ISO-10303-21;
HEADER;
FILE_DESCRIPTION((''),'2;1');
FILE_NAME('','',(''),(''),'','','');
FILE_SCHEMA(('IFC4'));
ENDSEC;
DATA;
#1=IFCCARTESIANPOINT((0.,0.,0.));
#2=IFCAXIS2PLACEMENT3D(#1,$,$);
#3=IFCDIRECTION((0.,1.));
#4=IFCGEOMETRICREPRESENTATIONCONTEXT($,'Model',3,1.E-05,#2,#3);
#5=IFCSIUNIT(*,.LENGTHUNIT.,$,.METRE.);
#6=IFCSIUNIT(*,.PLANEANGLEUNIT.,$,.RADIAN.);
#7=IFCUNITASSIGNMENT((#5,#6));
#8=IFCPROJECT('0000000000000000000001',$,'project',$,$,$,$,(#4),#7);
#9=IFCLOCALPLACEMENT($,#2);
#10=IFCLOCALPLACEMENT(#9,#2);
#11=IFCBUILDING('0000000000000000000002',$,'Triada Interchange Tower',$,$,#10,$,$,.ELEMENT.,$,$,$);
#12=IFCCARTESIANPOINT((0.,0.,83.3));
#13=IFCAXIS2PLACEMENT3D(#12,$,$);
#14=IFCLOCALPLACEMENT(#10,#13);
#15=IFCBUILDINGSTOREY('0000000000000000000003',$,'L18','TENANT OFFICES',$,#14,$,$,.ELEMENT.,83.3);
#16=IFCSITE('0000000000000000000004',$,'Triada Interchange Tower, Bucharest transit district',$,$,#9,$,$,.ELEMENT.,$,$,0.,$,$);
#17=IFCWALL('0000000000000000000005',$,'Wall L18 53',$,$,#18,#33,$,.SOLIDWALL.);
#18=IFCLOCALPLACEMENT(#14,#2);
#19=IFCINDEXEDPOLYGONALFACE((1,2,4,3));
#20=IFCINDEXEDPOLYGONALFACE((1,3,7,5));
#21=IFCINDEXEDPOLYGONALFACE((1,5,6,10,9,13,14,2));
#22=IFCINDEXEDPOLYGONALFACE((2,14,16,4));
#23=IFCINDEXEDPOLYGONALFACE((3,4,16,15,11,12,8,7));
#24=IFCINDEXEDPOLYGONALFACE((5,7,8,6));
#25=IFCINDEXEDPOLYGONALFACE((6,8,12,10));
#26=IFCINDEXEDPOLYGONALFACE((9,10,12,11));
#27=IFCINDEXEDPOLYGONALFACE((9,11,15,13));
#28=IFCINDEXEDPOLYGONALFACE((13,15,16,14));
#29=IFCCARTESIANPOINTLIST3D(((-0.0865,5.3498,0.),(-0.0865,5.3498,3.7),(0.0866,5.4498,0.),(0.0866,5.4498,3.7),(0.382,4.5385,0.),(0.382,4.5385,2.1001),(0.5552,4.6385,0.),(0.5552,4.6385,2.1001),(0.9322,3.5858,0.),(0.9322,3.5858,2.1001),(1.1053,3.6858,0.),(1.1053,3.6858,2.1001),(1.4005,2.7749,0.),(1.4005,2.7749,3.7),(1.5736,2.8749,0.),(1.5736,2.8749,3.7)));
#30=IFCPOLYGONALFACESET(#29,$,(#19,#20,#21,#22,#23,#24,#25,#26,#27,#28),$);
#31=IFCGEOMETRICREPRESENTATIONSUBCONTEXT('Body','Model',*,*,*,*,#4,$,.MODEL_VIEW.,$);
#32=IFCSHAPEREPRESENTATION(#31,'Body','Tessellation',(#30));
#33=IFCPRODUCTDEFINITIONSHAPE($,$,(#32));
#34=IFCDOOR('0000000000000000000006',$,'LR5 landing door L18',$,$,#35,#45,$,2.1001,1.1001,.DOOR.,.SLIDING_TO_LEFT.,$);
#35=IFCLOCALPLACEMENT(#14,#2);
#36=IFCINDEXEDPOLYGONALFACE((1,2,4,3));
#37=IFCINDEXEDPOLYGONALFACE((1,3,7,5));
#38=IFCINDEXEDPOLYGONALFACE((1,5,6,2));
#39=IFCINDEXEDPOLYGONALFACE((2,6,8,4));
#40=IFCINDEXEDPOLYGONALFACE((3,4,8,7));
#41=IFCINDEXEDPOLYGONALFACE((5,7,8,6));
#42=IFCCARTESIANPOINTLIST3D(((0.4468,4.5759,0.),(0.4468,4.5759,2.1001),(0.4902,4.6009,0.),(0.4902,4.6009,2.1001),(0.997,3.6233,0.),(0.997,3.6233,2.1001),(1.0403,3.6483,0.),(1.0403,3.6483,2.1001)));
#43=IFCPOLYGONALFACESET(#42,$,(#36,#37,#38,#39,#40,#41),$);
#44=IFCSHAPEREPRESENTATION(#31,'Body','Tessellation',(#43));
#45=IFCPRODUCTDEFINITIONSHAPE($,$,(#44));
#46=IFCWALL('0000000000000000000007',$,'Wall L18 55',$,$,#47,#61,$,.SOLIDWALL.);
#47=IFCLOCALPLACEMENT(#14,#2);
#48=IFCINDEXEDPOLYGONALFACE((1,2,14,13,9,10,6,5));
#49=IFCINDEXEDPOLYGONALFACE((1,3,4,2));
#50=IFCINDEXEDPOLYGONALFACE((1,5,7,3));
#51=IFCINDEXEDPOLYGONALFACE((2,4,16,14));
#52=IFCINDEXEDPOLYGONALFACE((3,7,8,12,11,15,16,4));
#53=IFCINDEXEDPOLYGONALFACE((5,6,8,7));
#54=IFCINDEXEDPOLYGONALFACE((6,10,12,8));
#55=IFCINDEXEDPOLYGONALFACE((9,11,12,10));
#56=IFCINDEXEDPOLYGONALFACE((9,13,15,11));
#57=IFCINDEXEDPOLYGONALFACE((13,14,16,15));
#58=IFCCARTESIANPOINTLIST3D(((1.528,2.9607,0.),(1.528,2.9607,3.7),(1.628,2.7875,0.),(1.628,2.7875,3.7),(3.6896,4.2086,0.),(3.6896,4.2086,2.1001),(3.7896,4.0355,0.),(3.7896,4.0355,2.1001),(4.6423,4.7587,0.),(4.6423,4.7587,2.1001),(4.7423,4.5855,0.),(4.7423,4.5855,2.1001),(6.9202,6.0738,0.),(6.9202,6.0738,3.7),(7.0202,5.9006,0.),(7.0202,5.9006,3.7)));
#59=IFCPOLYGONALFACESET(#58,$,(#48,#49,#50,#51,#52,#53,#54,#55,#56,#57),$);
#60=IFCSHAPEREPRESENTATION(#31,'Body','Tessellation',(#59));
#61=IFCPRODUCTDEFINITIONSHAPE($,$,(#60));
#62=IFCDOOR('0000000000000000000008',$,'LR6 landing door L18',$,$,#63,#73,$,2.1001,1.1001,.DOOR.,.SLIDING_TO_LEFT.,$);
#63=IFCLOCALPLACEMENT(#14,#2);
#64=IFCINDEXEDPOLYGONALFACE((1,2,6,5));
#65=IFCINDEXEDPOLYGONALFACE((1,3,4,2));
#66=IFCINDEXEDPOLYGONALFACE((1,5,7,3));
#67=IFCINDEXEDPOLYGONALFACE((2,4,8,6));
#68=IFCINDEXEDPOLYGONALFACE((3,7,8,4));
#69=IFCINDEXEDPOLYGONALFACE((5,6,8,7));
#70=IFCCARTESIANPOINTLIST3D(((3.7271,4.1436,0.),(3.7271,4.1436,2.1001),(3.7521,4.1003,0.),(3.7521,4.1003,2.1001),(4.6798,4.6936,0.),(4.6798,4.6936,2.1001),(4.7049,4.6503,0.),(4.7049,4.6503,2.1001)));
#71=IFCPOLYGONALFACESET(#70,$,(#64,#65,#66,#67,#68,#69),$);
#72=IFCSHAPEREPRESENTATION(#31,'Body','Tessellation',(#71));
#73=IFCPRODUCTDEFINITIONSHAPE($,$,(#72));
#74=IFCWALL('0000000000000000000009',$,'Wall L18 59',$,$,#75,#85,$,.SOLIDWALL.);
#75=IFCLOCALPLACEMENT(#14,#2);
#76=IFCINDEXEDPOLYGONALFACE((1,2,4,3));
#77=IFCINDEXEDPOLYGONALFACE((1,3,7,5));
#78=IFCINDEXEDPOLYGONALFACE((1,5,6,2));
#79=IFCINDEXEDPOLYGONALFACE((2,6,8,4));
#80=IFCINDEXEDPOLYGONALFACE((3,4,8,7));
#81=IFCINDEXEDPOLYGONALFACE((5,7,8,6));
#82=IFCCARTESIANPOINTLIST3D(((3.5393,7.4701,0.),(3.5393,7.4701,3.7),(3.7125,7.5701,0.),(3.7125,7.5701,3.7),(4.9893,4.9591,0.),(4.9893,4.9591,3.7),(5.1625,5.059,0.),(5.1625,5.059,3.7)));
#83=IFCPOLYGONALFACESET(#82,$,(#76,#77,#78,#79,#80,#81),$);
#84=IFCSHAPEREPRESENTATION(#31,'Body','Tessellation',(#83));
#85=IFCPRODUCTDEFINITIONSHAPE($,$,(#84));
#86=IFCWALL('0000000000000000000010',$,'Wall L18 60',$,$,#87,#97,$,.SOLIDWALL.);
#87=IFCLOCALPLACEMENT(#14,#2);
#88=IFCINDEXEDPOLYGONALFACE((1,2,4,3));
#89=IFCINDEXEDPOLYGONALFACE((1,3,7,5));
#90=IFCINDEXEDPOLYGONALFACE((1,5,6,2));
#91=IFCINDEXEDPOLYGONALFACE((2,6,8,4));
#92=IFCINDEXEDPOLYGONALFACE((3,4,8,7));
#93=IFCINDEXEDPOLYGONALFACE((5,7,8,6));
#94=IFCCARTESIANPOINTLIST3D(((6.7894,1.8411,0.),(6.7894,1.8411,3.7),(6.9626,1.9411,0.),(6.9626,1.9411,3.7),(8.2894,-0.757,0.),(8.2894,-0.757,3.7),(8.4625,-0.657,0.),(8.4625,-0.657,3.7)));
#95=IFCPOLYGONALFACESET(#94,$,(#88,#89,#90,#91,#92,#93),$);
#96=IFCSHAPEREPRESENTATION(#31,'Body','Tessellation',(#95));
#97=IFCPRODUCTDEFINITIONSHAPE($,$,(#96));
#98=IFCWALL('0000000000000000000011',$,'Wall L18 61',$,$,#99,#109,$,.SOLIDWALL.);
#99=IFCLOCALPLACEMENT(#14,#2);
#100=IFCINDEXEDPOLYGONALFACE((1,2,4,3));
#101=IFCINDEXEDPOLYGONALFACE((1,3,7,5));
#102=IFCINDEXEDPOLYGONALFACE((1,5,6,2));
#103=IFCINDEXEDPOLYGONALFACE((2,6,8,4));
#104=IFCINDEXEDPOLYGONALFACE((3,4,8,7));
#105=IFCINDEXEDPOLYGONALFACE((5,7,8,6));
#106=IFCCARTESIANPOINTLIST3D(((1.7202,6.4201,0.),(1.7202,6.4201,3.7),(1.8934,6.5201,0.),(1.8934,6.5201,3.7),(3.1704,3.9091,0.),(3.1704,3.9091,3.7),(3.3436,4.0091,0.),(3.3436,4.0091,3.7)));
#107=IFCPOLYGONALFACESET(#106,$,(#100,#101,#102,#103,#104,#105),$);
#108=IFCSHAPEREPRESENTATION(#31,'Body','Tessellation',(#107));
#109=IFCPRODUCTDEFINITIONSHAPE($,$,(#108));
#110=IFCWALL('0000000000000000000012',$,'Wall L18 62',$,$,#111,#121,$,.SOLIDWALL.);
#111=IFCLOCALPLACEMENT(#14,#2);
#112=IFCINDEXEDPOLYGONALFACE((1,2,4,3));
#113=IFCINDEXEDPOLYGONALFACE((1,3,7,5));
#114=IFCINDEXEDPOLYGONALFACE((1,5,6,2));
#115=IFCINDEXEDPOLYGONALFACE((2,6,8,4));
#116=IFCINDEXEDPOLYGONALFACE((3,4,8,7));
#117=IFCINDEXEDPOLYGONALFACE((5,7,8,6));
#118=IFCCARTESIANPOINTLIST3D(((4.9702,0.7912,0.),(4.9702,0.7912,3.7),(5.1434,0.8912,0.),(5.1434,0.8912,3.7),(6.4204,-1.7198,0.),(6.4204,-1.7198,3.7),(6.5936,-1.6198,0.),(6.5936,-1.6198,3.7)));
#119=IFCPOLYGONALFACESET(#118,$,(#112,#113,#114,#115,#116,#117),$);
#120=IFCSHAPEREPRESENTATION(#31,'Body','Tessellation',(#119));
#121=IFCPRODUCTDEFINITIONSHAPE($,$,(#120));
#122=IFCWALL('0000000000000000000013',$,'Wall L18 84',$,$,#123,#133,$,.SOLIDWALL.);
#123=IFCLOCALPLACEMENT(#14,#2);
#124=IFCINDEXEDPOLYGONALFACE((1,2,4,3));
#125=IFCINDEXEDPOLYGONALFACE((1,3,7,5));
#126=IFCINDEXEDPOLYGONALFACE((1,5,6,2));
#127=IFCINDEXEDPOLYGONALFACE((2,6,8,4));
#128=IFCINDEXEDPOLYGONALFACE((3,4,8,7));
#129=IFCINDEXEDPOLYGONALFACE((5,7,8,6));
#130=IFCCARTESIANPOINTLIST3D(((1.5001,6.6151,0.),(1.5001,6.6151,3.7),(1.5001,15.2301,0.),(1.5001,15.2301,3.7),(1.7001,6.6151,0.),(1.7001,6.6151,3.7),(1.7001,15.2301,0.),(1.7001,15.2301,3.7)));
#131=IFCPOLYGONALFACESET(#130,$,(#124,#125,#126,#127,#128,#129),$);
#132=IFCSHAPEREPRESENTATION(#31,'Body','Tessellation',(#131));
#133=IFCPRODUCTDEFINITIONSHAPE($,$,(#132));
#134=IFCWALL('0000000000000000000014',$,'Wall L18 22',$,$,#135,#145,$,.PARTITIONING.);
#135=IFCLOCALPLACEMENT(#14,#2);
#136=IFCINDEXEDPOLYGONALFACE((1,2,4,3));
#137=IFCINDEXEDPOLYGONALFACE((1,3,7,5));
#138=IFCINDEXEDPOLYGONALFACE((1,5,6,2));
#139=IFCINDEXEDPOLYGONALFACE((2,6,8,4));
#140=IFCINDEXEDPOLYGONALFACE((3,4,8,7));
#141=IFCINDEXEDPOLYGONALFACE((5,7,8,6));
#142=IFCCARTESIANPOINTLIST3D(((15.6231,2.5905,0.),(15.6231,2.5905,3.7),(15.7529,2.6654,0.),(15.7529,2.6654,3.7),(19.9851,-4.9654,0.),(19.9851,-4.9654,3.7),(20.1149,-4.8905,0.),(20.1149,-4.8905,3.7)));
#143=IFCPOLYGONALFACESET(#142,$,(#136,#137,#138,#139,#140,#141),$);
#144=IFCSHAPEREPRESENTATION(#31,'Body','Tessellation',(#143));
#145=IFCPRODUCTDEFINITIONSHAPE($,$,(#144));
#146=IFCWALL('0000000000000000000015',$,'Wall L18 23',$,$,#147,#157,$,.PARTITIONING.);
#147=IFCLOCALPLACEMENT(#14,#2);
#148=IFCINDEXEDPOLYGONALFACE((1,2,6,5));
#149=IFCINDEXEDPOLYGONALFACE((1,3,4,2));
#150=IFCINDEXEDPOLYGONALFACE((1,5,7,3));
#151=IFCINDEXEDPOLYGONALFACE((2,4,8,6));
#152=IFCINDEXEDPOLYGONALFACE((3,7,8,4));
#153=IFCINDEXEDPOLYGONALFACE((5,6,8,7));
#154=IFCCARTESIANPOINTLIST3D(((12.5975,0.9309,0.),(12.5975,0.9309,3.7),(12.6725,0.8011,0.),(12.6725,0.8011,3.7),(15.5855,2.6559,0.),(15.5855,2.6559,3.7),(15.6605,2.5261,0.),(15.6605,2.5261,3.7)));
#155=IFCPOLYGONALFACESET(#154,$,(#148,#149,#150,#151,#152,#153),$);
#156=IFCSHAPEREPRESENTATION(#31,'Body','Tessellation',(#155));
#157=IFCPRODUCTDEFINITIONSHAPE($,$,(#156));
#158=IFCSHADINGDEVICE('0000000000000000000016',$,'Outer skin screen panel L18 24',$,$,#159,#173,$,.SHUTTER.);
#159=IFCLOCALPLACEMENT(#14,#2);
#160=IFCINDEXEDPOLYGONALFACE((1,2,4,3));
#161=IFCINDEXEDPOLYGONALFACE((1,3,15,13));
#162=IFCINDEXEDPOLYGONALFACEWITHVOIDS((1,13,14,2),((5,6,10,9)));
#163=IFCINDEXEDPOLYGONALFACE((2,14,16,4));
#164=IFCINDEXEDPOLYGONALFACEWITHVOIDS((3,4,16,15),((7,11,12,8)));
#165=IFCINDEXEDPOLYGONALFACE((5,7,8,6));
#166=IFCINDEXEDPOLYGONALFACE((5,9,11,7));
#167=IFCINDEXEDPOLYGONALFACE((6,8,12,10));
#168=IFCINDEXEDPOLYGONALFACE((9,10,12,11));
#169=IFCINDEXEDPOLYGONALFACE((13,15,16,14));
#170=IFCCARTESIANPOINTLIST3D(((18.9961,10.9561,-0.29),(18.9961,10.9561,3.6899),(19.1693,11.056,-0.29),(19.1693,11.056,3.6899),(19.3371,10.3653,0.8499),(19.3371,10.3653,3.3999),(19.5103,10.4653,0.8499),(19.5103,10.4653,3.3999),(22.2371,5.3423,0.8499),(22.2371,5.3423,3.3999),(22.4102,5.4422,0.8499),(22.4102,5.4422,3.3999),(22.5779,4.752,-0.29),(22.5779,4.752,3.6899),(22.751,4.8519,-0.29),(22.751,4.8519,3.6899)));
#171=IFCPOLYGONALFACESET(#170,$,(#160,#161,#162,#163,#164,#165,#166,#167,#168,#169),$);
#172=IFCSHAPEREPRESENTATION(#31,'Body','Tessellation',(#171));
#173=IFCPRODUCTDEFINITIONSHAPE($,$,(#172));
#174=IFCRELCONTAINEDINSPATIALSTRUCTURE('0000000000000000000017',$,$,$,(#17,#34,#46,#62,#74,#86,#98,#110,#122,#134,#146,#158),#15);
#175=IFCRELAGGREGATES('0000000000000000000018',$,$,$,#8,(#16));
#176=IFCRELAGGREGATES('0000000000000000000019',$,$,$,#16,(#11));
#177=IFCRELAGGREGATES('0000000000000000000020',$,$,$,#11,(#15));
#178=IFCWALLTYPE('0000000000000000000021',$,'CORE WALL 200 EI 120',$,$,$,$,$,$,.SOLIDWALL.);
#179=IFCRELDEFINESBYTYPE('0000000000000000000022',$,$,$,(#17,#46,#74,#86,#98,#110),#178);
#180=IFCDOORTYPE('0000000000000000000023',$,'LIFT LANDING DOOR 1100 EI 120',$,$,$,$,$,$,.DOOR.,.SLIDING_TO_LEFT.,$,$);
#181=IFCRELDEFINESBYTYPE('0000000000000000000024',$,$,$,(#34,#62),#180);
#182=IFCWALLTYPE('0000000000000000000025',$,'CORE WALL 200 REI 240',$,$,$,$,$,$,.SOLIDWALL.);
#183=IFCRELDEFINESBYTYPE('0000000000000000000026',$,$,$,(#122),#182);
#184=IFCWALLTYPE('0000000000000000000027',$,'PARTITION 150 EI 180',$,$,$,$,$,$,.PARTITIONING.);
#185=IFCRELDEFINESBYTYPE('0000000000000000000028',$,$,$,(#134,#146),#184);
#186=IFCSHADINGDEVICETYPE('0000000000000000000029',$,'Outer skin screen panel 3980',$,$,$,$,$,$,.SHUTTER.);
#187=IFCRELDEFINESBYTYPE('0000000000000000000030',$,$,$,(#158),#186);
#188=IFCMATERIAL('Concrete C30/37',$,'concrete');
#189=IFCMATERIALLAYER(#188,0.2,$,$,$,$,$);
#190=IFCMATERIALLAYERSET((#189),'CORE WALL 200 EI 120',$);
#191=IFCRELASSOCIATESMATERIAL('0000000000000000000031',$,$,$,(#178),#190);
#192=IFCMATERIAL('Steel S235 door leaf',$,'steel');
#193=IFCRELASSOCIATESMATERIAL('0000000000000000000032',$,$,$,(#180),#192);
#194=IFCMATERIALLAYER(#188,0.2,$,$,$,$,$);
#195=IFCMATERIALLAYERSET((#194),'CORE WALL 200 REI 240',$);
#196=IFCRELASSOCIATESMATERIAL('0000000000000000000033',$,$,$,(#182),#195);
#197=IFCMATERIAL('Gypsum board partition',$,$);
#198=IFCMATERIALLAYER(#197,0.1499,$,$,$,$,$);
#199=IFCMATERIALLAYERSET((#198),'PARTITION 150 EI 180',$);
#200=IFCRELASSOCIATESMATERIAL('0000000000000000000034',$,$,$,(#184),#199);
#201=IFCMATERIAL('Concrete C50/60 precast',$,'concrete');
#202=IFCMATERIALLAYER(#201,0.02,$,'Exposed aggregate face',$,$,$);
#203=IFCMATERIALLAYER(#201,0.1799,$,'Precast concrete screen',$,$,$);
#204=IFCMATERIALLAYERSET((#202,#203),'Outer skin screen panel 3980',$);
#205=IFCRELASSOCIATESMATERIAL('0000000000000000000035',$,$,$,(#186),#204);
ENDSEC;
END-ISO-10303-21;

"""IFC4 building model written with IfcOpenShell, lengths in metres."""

from ifc_helpers import new_model, si_unit, direction, frame, frame_2d, origin, place, context, subcontext, project, spatial, polyline, rectangle, outline, extrude, material, layer, layer_set, type_object, element, fill, save


model = new_model("IFC4")

# Units and contexts
model_context = context("Model", 3, precision=1e-05, world=origin(), true_north=direction((0.0, 1.0)))
body_context = subcontext(model_context, "Body", "Model", "MODEL_VIEW")
ifc_project = project(units=[si_unit("LENGTHUNIT", "METRE"), si_unit("PLANEANGLEUNIT", "RADIAN")], contexts=[model_context])

# Site, building, storey
site_placement = place(None, origin())
site = spatial("IfcSite", under=ifc_project, at=site_placement, Name="Triada Interchange Tower, Bucharest transit district", CompositionType="ELEMENT", RefElevation=0.0)
building_placement = place(site_placement, origin())
building = spatial("IfcBuilding", under=site, at=building_placement, Name="Triada Interchange Tower", CompositionType="ELEMENT")
storey_placement = place(building_placement, frame((0.0, 0.0, 83.3)))
storey = spatial("IfcBuildingStorey", under=building, at=storey_placement, Name="L18", Description="TENANT OFFICES", CompositionType="ELEMENT", Elevation=83.3)

# Walls, openings, doors
ifc_material_1 = material(Name="Concrete C30/37", Category="concrete")
ifc_layer_1 = layer(ifc_material_1, 0.2)
ifc_layer_set_1 = layer_set([ifc_layer_1], Name="CORE WALL 200 EI 120")
wall_type_1 = type_object("IfcWallType", Name="CORE WALL 200 EI 120", PredefinedType="SOLIDWALL", material=ifc_layer_set_1)
wall_1_placement = place(storey_placement, frame((0.0, 5.3999, 0.0), z_axis=(0.0, 0.0, 1.0), x_axis=(0.500104, -0.865965, 0.0)))
wall_1 = element("IfcWall", 1, at=wall_1_placement, inside=storey, type_object=wall_type_1, Name="Wall L18 53", PredefinedType="SOLIDWALL", context=body_context, shape_type="SweptSolid", body=[
    extrude(rectangle(XDim=2.9734, YDim=0.2, at=frame_2d((1.4868, 0.0))), origin(), (0.0, 0.0, 1.0), 3.7),
])
opening_1_placement = place(wall_1_placement, frame((0.937, 0.0, 0.0)))
opening_1 = element("IfcOpeningElement", 2, at=opening_1_placement, cuts=wall_1, PredefinedType="OPENING", context=body_context, shape_type="SweptSolid", body=[
    extrude(rectangle(XDim=1.1001, YDim=2.1001, at=frame_2d((0.55, 1.05))), frame((0.0, 0.1099, 0.0), z_axis=(0.0, -1.0, 0.0), x_axis=(1.0, 0.0, 0.0)), (0.0, 0.0, 1.0), 0.22),
])
ifc_material_2 = material(Name="Steel S235 door leaf", Category="steel")
door_type = type_object("IfcDoorType", Name="LIFT LANDING DOOR 1100 EI 120", OperationType="SLIDING_TO_LEFT", PredefinedType="DOOR", material=ifc_material_2)
door_1_placement = place(opening_1_placement, origin())
door_1 = element("IfcDoor", 3, at=door_1_placement, inside=storey, type_object=door_type, Name="LR5 landing door L18", OperationType="SLIDING_TO_LEFT", OverallHeight=2.1001, OverallWidth=1.1001, PredefinedType="DOOR", context=body_context, shape_type="SweptSolid", body=[
    extrude(rectangle(XDim=1.1001, YDim=2.1001, at=frame_2d((0.55, 1.05))), frame((0.0, 0.0249, 0.0), z_axis=(0.0, -1.0, 0.0), x_axis=(1.0, 0.0, 0.0)), (0.0, 0.0, 1.0), 0.05),
])
fill(opening_1, door_1)
wall_2_placement = place(storey_placement, frame((1.5779, 2.874, 0.0), z_axis=(0.0, 0.0, 1.0), x_axis=(0.866031, 0.499989, 0.0)))
wall_2 = element("IfcWall", 4, at=wall_2_placement, inside=storey, type_object=wall_type_1, Name="Wall L18 55", PredefinedType="SOLIDWALL", context=body_context, shape_type="SweptSolid", body=[
    extrude(rectangle(XDim=6.2263, YDim=0.2, at=frame_2d((3.1133, 0.0))), origin(), (0.0, 0.0, 1.0), 3.7),
])
opening_2_placement = place(wall_2_placement, frame((2.4961, 0.0, 0.0)))
opening_2 = element("IfcOpeningElement", 5, at=opening_2_placement, cuts=wall_2, PredefinedType="OPENING", context=body_context, shape_type="SweptSolid", body=[
    extrude(rectangle(XDim=1.1001, YDim=2.1001, at=frame_2d((0.55, 1.05))), frame((0.0, 0.1099, 0.0), z_axis=(0.0, -1.0, 0.0), x_axis=(1.0, 0.0, 0.0)), (0.0, 0.0, 1.0), 0.22),
])
door_2_placement = place(opening_2_placement, origin())
door_2 = element("IfcDoor", 6, at=door_2_placement, inside=storey, type_object=door_type, Name="LR6 landing door L18", OperationType="SLIDING_TO_LEFT", OverallHeight=2.1001, OverallWidth=1.1001, PredefinedType="DOOR", context=body_context, shape_type="SweptSolid", body=[
    extrude(rectangle(XDim=1.1001, YDim=2.1001, at=frame_2d((0.55, 1.05))), frame((0.0, 0.0249, 0.0), z_axis=(0.0, -1.0, 0.0), x_axis=(1.0, 0.0, 0.0)), (0.0, 0.0, 1.0), 0.05),
])
fill(opening_2, door_2)

# Walls
wall_3_placement = place(storey_placement, frame((3.626, 7.52, 0.0), z_axis=(0.0, 0.0, 1.0), x_axis=(0.50006, -0.865991, 0.0)))
element("IfcWall", 7, at=wall_3_placement, inside=storey, type_object=wall_type_1, Name="Wall L18 59", PredefinedType="SOLIDWALL", context=body_context, shape_type="SweptSolid", body=[
    extrude(rectangle(XDim=2.8997, YDim=0.2, at=frame_2d((1.4497, 0.0))), origin(), (0.0, 0.0, 1.0), 3.7),
])
wall_4_placement = place(storey_placement, frame((6.876, 1.8911, 0.0), z_axis=(0.0, 0.0, 1.0), x_axis=(0.49999, -0.866031, 0.0)))
element("IfcWall", 8, at=wall_4_placement, inside=storey, type_object=wall_type_1, Name="Wall L18 60", PredefinedType="SOLIDWALL", context=body_context, shape_type="SweptSolid", body=[
    extrude(rectangle(XDim=3.0, YDim=0.2, at=frame_2d((1.5, 0.0))), origin(), (0.0, 0.0, 1.0), 3.7),
])
for number, where, z_axis, x_axis, name in (
    (9, (1.8069, 6.47, 0.0), (0.0, 0.0, 1.0), (0.500123, -0.865954, 0.0), "Wall L18 61"),
    (10, (5.0569, 0.8411, 0.0), (0.0, 0.0, 1.0), (0.500123, -0.865954, 0.0), "Wall L18 62"),
):
    element("IfcWall", number, at=place(storey_placement, frame(where, z_axis=z_axis, x_axis=x_axis)), inside=storey, type_object=wall_type_1, Name=name, PredefinedType="SOLIDWALL", context=body_context, shape_type="SweptSolid", body=[
        extrude(rectangle(XDim=2.8997, YDim=0.2, at=frame_2d((1.4497, 0.0))), origin(), (0.0, 0.0, 1.0), 3.7),
    ])
ifc_layer_2 = layer(ifc_material_1, 0.2)
ifc_layer_set_2 = layer_set([ifc_layer_2], Name="CORE WALL 200 REI 240")
wall_type_2 = type_object("IfcWallType", Name="CORE WALL 200 REI 240", PredefinedType="SOLIDWALL", material=ifc_layer_set_2)
wall_5_placement = place(storey_placement, frame((1.6001, 6.615, 0.0), z_axis=(0.0, 0.0, 1.0), x_axis=(0.0, 1.0, 0.0)))
element("IfcWall", 11, at=wall_5_placement, inside=storey, type_object=wall_type_2, Name="Wall L18 84", PredefinedType="SOLIDWALL", context=body_context, shape_type="SweptSolid", body=[
    extrude(rectangle(XDim=8.615, YDim=0.2, at=frame_2d((4.3076, 0.0))), origin(), (0.0, 0.0, 1.0), 3.7),
])
ifc_material_3 = material(Name="Gypsum board partition")
ifc_layer_3 = layer(ifc_material_3, 0.1499)
ifc_layer_set_3 = layer_set([ifc_layer_3], Name="PARTITION 150 EI 180")
wall_type_3 = type_object("IfcWallType", Name="PARTITION 150 EI 180", PredefinedType="PARTITIONING", material=ifc_layer_set_3)
wall_6_placement = place(storey_placement, frame((15.688, 2.6279, 0.0), z_axis=(0.0, 0.0, 1.0), x_axis=(0.49997, -0.866043, 0.0)))
element("IfcWall", 12, at=wall_6_placement, inside=storey, type_object=wall_type_3, Name="Wall L18 22", PredefinedType="PARTITIONING", context=body_context, shape_type="SweptSolid", body=[
    extrude(rectangle(XDim=8.7246, YDim=0.1499, at=frame_2d((4.3623, 0.0))), origin(), (0.0, 0.0, 1.0), 3.7),
])
wall_7_placement = place(storey_placement, frame((12.635, 0.866, 0.0), z_axis=(0.0, 0.0, 1.0), x_axis=(0.866031, 0.49999, 0.0)))
element("IfcWall", 13, at=wall_7_placement, inside=storey, type_object=wall_type_3, Name="Wall L18 23", PredefinedType="PARTITIONING", context=body_context, shape_type="SweptSolid", body=[
    extrude(rectangle(XDim=3.4502, YDim=0.1499, at=frame_2d((1.7251, 0.0))), origin(), (0.0, 0.0, 1.0), 3.7),
])

# Shading device
ifc_material_4 = material(Name="Concrete C50/60 precast", Category="concrete")
ifc_layer_4 = layer(ifc_material_4, 0.02, Name="Exposed aggregate face")
ifc_layer_5 = layer(ifc_material_4, 0.1799, Name="Precast concrete screen")
ifc_layer_set_4 = layer_set([ifc_layer_4, ifc_layer_5], Name="Outer skin screen panel 3980")
shading_device_type = type_object("IfcShadingDeviceType", Name="Outer skin screen panel 3980", PredefinedType="SHUTTER", material=ifc_layer_set_4)
shading_device_placement = place(storey_placement, frame((22.5779, 4.752, -0.29), z_axis=(0.0, 0.0, 1.0), x_axis=(-0.499984, 0.866035, 0.0)))
element("IfcShadingDevice", 14, at=shading_device_placement, inside=storey, type_object=shading_device_type, Name="Outer skin screen panel L18 24", PredefinedType="SHUTTER", context=body_context, shape_type="SweptSolid", body=[
    extrude(outline(polyline([(0.0, 0.0), (7.1638, 0.0), (7.1638, 3.98), (0.0, 3.98), (0.0, 0.0)]), holes=[polyline([(0.6816, 1.1399), (0.6816, 3.6899), (6.4817, 3.6899), (6.4817, 1.1399), (0.6816, 1.1399)])]), frame((0.0, 0.0, 0.0), z_axis=(0.0, -1.0, 0.0), x_axis=(1.0, 0.0, 0.0)), (0.0, 0.0, 1.0), 0.2),
])

save(model, "model.ifc")
